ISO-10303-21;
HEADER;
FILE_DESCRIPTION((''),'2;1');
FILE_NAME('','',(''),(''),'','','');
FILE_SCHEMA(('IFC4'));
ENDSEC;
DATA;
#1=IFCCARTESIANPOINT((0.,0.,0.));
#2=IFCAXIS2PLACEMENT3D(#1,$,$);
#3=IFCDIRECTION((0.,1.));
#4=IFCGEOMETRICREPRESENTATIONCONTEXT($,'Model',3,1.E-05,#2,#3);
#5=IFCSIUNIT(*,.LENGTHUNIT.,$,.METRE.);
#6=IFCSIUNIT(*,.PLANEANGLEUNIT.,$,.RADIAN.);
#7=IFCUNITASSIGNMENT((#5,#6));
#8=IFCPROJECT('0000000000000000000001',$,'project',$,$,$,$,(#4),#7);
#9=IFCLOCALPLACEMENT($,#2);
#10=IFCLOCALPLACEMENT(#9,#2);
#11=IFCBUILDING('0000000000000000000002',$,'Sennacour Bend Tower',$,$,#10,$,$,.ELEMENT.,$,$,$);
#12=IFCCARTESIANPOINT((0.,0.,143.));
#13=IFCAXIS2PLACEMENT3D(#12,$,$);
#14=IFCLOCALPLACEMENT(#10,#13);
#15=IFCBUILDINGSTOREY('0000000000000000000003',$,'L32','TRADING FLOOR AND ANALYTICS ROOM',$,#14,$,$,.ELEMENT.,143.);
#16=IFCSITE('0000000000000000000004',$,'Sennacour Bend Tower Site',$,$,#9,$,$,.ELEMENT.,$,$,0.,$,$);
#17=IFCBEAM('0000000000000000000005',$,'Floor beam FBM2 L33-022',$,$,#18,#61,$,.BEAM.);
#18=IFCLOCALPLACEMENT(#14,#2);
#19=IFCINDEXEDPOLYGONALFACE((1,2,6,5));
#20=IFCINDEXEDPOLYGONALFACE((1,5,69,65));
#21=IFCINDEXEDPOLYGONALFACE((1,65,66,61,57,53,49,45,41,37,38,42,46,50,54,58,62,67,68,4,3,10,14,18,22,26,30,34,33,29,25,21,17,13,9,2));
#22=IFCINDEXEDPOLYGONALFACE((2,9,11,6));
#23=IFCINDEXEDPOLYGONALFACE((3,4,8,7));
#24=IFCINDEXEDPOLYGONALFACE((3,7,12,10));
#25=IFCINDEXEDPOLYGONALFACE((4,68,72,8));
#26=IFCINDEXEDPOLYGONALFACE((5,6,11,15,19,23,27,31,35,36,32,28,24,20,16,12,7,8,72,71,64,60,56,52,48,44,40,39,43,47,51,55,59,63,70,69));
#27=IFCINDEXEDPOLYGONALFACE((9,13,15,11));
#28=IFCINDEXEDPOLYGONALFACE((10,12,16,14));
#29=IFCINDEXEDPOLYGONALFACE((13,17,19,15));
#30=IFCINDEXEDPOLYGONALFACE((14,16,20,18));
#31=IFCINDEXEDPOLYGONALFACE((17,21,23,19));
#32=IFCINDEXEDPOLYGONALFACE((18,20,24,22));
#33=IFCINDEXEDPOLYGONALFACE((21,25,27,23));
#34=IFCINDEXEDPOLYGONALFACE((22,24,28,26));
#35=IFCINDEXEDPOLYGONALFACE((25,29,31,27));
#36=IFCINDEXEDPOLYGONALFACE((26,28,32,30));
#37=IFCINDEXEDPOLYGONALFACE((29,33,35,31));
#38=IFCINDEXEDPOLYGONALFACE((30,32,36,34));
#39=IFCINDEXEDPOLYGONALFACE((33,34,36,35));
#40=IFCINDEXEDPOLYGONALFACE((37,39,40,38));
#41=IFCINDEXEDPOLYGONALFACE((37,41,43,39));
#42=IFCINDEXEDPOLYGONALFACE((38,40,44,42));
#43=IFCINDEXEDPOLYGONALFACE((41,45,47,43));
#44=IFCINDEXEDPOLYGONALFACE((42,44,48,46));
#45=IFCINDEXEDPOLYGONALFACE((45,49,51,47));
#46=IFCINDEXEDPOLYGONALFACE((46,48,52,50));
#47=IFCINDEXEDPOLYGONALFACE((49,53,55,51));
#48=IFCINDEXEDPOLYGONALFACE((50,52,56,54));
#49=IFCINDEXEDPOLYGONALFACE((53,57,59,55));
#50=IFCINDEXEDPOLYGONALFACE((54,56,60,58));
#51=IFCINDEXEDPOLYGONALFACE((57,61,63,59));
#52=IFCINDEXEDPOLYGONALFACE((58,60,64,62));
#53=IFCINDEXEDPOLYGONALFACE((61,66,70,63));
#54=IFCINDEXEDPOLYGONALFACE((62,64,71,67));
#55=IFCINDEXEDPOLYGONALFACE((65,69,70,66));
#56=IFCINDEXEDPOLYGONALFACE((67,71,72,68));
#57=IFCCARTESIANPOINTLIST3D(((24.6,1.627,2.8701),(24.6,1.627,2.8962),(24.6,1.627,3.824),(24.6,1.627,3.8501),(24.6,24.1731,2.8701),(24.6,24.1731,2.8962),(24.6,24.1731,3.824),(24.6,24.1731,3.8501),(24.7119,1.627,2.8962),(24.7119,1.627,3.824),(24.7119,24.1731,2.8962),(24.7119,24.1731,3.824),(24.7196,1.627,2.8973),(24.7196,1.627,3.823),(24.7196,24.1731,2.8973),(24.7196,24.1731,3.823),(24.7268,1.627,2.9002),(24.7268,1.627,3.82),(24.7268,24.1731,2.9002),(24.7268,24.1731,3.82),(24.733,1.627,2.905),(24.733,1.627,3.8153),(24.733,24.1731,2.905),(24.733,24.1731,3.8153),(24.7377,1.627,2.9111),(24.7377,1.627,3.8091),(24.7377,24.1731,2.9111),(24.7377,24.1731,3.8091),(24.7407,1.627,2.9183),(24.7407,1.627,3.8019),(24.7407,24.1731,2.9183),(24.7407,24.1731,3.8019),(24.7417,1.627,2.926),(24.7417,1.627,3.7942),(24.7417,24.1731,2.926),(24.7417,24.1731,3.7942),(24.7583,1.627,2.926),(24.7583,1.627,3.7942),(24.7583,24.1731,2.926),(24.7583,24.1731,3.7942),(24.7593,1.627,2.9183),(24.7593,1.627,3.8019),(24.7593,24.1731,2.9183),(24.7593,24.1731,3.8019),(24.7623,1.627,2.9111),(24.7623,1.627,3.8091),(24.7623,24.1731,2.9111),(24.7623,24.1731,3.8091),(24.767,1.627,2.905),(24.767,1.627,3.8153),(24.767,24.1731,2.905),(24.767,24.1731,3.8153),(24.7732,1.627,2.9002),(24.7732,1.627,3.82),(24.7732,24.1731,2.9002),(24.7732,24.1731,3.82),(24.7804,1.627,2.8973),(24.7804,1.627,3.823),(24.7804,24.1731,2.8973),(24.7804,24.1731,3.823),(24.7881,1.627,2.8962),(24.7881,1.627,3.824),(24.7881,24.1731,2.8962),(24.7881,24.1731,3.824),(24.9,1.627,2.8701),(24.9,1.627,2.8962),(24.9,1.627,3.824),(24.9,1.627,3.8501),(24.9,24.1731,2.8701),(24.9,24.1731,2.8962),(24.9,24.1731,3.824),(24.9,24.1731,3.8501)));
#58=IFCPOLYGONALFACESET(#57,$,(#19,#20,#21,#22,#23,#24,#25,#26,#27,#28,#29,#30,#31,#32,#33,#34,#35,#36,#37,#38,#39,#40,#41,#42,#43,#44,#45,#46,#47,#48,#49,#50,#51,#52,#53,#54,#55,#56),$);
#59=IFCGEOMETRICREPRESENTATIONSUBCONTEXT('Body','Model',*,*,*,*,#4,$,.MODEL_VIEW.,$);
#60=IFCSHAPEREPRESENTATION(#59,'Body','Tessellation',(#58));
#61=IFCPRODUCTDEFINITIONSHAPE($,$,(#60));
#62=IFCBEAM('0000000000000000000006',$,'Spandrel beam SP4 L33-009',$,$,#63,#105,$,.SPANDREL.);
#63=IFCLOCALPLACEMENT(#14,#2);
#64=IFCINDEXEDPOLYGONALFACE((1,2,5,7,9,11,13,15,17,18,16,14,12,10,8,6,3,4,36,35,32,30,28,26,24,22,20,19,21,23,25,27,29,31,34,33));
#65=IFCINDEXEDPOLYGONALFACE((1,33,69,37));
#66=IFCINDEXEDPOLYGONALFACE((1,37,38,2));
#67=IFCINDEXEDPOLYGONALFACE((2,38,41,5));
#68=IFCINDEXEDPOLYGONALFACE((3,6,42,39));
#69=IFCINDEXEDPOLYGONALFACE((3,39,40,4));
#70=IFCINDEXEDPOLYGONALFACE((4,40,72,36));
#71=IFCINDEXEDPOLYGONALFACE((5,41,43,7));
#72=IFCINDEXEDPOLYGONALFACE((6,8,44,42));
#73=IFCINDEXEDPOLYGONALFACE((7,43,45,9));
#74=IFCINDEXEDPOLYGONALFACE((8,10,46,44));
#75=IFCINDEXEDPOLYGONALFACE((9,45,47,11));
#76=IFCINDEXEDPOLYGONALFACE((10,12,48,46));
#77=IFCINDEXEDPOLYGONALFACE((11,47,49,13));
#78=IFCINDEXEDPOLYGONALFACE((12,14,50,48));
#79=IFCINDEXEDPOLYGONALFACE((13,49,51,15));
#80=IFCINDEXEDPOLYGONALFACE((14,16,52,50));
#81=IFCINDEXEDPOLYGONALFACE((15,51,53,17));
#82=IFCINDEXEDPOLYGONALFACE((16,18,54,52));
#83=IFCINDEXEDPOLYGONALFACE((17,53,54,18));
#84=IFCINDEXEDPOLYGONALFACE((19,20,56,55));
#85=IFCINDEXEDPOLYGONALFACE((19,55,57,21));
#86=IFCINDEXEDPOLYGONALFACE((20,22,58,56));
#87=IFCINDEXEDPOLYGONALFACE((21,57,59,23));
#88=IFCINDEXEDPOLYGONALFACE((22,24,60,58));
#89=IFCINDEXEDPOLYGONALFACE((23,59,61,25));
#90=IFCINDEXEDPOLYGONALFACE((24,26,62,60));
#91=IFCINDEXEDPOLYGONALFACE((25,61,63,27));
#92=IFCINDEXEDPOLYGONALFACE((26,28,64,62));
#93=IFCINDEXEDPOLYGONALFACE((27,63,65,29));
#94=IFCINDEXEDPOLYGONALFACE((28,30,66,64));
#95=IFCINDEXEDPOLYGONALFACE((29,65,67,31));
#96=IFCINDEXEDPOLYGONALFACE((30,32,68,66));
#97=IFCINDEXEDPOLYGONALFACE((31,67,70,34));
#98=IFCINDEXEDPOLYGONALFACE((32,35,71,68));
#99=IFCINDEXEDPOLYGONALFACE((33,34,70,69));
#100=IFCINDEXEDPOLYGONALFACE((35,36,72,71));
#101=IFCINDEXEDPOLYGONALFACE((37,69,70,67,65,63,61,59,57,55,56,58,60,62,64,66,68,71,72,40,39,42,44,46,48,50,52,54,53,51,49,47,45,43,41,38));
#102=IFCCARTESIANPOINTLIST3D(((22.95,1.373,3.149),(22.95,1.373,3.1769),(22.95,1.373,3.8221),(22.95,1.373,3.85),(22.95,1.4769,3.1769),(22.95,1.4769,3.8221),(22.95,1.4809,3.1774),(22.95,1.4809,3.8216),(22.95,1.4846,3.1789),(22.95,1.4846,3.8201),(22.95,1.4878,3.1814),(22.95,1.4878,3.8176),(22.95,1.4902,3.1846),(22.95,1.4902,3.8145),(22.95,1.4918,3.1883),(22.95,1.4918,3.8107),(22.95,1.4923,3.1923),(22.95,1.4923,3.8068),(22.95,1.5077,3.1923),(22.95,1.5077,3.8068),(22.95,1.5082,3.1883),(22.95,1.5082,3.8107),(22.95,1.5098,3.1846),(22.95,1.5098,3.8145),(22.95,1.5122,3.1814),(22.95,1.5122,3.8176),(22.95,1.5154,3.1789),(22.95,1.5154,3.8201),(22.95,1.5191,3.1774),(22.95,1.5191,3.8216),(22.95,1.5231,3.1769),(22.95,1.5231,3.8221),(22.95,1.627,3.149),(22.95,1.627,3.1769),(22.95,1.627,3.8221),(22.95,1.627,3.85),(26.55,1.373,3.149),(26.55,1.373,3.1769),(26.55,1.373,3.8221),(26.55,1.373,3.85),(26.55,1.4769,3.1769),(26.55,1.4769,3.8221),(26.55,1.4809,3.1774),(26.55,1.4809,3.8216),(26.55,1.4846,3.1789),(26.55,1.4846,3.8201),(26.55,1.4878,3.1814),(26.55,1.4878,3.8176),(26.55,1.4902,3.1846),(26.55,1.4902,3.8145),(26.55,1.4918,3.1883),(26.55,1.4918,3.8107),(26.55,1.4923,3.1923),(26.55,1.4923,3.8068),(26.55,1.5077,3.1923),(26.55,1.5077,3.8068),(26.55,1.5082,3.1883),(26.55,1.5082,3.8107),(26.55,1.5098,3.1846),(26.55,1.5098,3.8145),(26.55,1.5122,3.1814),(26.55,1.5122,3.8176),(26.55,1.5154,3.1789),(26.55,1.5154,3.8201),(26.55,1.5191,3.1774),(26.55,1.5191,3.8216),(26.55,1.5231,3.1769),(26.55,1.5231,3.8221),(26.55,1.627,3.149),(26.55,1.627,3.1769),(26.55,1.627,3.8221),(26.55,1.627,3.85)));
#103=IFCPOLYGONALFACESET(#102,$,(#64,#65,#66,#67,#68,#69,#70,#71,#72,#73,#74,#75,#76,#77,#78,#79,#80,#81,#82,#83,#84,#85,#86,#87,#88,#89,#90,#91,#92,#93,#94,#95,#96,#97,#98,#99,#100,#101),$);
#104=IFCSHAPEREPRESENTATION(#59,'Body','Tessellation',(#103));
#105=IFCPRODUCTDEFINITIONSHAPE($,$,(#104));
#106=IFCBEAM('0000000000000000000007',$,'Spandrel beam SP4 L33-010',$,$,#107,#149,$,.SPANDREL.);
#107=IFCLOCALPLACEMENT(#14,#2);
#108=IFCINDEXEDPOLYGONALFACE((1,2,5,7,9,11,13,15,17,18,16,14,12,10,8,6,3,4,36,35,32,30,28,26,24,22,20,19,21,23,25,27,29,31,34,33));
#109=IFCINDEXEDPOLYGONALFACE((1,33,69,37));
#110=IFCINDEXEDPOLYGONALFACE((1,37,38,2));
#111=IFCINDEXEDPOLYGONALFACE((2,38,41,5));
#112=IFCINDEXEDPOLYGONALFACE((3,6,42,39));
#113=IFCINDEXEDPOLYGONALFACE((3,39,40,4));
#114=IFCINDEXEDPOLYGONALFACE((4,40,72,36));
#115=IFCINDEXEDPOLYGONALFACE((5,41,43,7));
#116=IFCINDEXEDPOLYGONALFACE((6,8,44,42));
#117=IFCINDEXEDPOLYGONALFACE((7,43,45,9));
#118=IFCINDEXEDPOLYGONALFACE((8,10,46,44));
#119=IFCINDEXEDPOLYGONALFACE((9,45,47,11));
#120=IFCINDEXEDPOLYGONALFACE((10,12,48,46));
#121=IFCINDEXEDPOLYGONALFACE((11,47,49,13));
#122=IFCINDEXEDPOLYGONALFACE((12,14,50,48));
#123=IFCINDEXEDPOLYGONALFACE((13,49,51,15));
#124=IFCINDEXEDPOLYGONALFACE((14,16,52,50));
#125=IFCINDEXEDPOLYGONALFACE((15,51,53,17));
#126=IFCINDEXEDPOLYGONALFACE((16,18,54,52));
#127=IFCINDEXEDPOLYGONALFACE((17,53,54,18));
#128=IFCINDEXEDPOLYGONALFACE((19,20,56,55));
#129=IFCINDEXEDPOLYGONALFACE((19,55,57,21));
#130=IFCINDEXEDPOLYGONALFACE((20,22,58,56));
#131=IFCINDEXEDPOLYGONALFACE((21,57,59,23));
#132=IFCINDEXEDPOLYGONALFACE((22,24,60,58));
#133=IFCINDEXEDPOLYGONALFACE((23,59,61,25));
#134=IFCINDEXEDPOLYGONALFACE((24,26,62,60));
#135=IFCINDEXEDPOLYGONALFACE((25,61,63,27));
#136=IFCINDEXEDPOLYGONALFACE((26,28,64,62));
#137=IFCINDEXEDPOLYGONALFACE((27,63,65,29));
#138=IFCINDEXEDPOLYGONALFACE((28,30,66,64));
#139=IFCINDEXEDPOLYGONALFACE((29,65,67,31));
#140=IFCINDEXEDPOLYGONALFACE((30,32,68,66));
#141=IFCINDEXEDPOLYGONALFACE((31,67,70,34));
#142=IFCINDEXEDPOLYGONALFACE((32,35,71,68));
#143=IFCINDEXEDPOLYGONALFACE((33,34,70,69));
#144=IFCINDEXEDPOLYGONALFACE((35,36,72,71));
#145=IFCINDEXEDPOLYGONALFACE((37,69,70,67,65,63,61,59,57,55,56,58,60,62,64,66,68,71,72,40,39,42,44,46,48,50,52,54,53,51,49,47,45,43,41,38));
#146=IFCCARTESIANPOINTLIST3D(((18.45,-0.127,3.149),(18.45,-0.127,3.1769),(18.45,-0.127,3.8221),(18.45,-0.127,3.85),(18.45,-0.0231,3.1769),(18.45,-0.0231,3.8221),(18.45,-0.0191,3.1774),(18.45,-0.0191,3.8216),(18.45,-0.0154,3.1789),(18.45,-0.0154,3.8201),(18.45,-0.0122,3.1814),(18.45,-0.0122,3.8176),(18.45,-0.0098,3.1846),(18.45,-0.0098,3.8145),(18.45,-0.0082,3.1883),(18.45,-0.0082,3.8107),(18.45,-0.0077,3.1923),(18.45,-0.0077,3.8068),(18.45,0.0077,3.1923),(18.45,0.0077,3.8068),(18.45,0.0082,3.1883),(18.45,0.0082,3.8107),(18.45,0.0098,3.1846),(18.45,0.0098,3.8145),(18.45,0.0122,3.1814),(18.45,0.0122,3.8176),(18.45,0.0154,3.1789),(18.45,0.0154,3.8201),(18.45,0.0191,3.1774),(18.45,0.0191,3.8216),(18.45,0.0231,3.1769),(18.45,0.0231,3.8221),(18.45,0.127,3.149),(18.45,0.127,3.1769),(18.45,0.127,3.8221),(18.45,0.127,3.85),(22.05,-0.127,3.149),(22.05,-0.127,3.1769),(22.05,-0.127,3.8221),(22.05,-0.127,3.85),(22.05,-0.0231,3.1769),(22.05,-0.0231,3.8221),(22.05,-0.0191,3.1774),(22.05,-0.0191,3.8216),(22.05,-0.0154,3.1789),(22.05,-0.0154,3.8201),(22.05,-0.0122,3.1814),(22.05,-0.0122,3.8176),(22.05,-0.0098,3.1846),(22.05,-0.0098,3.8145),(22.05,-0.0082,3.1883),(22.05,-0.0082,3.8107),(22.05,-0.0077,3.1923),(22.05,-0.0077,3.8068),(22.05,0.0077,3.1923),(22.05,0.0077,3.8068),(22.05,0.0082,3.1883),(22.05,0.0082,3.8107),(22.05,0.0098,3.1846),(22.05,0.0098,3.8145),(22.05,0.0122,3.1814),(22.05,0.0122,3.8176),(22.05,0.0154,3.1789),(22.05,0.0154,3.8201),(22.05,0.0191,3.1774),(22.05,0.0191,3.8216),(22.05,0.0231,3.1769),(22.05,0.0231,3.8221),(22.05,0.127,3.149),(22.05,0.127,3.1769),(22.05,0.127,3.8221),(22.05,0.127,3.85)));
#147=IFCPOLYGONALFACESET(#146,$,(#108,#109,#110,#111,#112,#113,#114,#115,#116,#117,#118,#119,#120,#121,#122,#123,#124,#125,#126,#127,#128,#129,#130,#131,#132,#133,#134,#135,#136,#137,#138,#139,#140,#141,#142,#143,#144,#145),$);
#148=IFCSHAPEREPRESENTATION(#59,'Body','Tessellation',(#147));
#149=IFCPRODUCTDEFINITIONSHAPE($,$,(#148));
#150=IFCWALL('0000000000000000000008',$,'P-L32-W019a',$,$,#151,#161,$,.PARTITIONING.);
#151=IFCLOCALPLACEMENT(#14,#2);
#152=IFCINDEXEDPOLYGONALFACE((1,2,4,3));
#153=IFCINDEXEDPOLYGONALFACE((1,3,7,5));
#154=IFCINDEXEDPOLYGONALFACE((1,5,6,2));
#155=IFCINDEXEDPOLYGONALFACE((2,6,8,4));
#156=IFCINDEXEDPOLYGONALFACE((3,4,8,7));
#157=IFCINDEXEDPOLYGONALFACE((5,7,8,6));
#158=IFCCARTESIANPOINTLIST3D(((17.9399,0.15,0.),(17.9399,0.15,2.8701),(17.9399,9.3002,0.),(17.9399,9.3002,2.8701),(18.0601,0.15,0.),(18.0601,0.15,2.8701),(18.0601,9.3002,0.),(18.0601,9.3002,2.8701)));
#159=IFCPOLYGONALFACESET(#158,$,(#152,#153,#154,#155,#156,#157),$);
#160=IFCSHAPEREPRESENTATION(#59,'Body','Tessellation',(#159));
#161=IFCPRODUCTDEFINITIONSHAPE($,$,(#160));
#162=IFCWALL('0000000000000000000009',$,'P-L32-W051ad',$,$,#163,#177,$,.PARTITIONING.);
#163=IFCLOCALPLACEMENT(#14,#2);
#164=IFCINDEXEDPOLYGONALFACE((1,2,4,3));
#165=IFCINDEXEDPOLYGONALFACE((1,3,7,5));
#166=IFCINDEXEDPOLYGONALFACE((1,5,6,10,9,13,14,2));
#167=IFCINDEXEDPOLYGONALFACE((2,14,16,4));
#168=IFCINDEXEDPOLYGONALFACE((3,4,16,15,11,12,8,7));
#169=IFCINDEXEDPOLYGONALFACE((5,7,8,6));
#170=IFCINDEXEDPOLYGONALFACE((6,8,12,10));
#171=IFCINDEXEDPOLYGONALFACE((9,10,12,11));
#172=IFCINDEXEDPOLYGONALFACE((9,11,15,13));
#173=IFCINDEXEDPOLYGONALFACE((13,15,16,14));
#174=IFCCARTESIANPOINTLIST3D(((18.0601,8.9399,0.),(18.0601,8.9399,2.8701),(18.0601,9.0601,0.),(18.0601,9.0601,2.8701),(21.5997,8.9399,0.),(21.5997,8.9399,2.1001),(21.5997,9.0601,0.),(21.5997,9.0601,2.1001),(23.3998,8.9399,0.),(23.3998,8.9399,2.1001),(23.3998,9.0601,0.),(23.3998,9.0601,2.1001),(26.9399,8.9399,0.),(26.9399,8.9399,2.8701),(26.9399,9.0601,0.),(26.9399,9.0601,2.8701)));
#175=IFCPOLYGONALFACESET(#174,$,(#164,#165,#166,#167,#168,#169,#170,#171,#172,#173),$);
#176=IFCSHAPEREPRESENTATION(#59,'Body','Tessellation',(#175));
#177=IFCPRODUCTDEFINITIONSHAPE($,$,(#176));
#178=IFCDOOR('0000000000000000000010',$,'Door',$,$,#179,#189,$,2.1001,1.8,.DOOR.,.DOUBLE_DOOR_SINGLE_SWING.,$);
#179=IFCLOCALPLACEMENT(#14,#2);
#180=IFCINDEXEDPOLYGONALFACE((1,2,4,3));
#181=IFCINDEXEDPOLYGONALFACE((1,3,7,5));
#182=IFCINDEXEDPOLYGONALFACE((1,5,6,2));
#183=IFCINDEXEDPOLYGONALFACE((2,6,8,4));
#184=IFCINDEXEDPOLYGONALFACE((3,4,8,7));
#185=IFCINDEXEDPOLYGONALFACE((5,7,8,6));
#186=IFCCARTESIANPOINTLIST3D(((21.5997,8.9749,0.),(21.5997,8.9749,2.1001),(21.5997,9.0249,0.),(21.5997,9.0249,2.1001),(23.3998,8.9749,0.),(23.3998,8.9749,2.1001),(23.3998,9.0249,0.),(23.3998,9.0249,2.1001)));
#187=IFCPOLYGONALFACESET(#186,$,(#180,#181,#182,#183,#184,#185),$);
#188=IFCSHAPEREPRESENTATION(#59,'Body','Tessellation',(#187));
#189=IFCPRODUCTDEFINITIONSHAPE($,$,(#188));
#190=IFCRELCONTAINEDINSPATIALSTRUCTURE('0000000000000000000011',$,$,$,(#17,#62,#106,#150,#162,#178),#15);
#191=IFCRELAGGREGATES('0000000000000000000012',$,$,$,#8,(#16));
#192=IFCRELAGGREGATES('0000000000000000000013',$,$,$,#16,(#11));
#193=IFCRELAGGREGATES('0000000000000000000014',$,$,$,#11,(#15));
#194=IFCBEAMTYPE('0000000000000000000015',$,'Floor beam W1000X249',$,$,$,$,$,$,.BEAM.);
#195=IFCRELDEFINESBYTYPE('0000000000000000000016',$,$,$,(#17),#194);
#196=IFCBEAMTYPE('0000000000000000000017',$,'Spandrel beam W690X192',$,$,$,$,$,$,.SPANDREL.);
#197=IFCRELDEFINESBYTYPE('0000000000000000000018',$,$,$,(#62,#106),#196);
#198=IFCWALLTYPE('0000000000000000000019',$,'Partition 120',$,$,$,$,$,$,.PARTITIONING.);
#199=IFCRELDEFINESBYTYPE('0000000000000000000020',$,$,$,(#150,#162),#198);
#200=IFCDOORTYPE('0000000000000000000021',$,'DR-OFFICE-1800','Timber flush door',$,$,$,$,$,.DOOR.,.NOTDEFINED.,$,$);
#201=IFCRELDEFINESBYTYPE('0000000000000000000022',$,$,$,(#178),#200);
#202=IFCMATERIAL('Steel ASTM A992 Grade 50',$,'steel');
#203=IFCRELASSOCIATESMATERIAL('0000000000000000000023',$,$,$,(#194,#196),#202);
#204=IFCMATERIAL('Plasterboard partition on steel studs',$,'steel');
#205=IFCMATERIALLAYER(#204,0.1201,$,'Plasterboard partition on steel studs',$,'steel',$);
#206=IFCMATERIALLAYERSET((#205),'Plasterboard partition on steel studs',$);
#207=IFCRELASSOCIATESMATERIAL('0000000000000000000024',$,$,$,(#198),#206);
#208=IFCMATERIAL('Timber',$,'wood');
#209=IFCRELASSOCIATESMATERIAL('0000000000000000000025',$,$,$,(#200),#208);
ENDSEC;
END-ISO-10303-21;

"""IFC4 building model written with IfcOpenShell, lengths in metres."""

from ifc_helpers import new_model, si_unit, direction, frame, frame_2d, origin, origin_2d, place, context, subcontext, project, spatial, rectangle, i_section, extrude, material, layer, layer_set, material_profile, profile_set, type_object, element, fill, save


model = new_model("IFC4")

# Units and contexts
model_context = context("Model", 3, precision=1e-05, world=origin(), true_north=direction((0.0, 1.0)))
body_context = subcontext(model_context, "Body", "Model", "MODEL_VIEW")
ifc_project = project(units=[si_unit("LENGTHUNIT", "METRE"), si_unit("PLANEANGLEUNIT", "RADIAN")], contexts=[model_context])

# Site, building, storey
site_placement = place(None, origin())
site = spatial("IfcSite", under=ifc_project, at=site_placement, Name="Sennacour Bend Tower Site", CompositionType="ELEMENT", RefElevation=0.0)
building_placement = place(site_placement, origin())
building = spatial("IfcBuilding", under=site, at=building_placement, Name="Sennacour Bend Tower", CompositionType="ELEMENT")
storey_placement = place(building_placement, frame((0.0, 0.0, 143.0)))
storey = spatial("IfcBuildingStorey", under=building, at=storey_placement, Name="L32", Description="TRADING FLOOR AND ANALYTICS ROOM", CompositionType="ELEMENT", Elevation=143.0)

# Beams
ifc_material_1 = material(Name="Steel ASTM A992 Grade 50", Category="steel")
ifc_material_profile_1 = material_profile(ifc_material_1, i_section(OverallWidth=0.3, OverallDepth=0.98, WebThickness=0.0166, FlangeThickness=0.0261, FilletRadius=0.0298, at=origin_2d()), Name="Steel ASTM A992 Grade 50", Category="steel")
ifc_profile_set_1 = profile_set([ifc_material_profile_1], Name="Steel ASTM A992 Grade 50")
beam_type_1 = type_object("IfcBeamType", Name="Floor beam W1000X249", PredefinedType="BEAM", material=ifc_profile_set_1)
beam_1_placement = place(storey_placement, frame((24.75, 1.627, 3.3601), z_axis=(0.0, 1.0, 0.0), x_axis=(-1.0, 0.0, 0.0)))
element("IfcBeam", 1, at=beam_1_placement, inside=storey, type_object=beam_type_1, Name="Floor beam FBM2 L33-022", PredefinedType="BEAM", context=body_context, shape_type="SweptSolid", body=[
    extrude(i_section(OverallWidth=0.3, OverallDepth=0.98, WebThickness=0.0166, FlangeThickness=0.0261, FilletRadius=0.0298, at=origin_2d()), origin(), (0.0, 0.0, 1.0), 22.5461),
])
ifc_material_profile_2 = material_profile(ifc_material_1, i_section(OverallWidth=0.2539, OverallDepth=0.7009, WebThickness=0.0154, FlangeThickness=0.0278, FilletRadius=0.0154, at=origin_2d()), Name="Steel ASTM A992 Grade 50", Category="steel")
ifc_profile_set_2 = profile_set([ifc_material_profile_2], Name="Steel ASTM A992 Grade 50")
beam_type_2 = type_object("IfcBeamType", Name="Spandrel beam W690X192", PredefinedType="SPANDREL", material=ifc_profile_set_2)
for number, where, z_axis, x_axis, name in (
    (2, (26.55, 1.5, 3.4995), (-1.0, 0.0, 0.0), (0.0, -1.0, 0.0), "Spandrel beam SP4 L33-009"),
    (3, (22.05, 0.0, 3.4995), (-1.0, 0.0, 0.0), (0.0, -1.0, 0.0), "Spandrel beam SP4 L33-010"),
):
    element("IfcBeam", number, at=place(storey_placement, frame(where, z_axis=z_axis, x_axis=x_axis)), inside=storey, type_object=beam_type_2, Name=name, PredefinedType="SPANDREL", context=body_context, shape_type="SweptSolid", body=[
        extrude(i_section(OverallWidth=0.2539, OverallDepth=0.7009, WebThickness=0.0154, FlangeThickness=0.0278, FilletRadius=0.0154, at=origin_2d()), origin(), (0.0, 0.0, 1.0), 3.6001),
    ])

# Wall
ifc_material_2 = material(Name="Plasterboard partition on steel studs", Category="steel")
ifc_layer_1 = layer(ifc_material_2, 0.1201, Name="Plasterboard partition on steel studs", Category="steel")
ifc_layer_set_1 = layer_set([ifc_layer_1], Name="Plasterboard partition on steel studs")
wall_type_1 = type_object("IfcWallType", Name="Partition 120", PredefinedType="PARTITIONING", material=ifc_layer_set_1)
wall_1_placement = place(storey_placement, frame((18.0, 0.1499, 0.0), z_axis=(0.0, 0.0, 1.0), x_axis=(0.0, 1.0, 0.0)))
element("IfcWall", 4, at=wall_1_placement, inside=storey, type_object=wall_type_1, Name="P-L32-W019a", PredefinedType="PARTITIONING", context=body_context, shape_type="SweptSolid", body=[
    extrude(rectangle(XDim=9.1501, YDim=0.1201, at=frame_2d((4.5752, 0.0))), origin(), (0.0, 0.0, 1.0), 2.8701),
])

# Wall, opening, door
wall_2_placement = place(storey_placement, frame((18.0601, 9.0, 0.0), z_axis=(0.0, 0.0, 1.0), x_axis=(1.0, 0.0, 0.0)))
wall_2 = element("IfcWall", 5, at=wall_2_placement, inside=storey, type_object=wall_type_1, Name="P-L32-W051ad", PredefinedType="PARTITIONING", context=body_context, shape_type="SweptSolid", body=[
    extrude(rectangle(XDim=8.8799, YDim=0.1201, at=frame_2d((4.4399, 0.0))), origin(), (0.0, 0.0, 1.0), 2.8701),
])
opening_1_placement = place(wall_2_placement, frame((3.5398, 0.0, 0.0)))
opening_1 = element("IfcOpeningElement", 6, at=opening_1_placement, cuts=wall_2, PredefinedType="OPENING", context=body_context, shape_type="SweptSolid", body=[
    extrude(rectangle(XDim=1.8, YDim=2.1001, at=frame_2d((0.8999, 1.05))), frame((0.0, 0.0701, 0.0), z_axis=(0.0, -1.0, 0.0), x_axis=(1.0, 0.0, 0.0)), (0.0, 0.0, 1.0), 0.1401),
])
ifc_material_3 = material(Name="Timber", Category="wood")
door_type = type_object("IfcDoorType", Name="DR-OFFICE-1800", Description="Timber flush door", OperationType="NOTDEFINED", PredefinedType="DOOR", material=ifc_material_3)
door_placement = place(opening_1_placement, origin())
door = element("IfcDoor", 7, at=door_placement, inside=storey, type_object=door_type, Name="Door", OperationType="DOUBLE_DOOR_SINGLE_SWING", OverallHeight=2.1001, OverallWidth=1.8, PredefinedType="DOOR", context=body_context, shape_type="SweptSolid", body=[
    extrude(rectangle(XDim=1.8, YDim=2.1001, at=frame_2d((0.8999, 1.05))), frame((0.0, 0.0249, 0.0), z_axis=(0.0, -1.0, 0.0), x_axis=(1.0, 0.0, 0.0)), (0.0, 0.0, 1.0), 0.05),
])
fill(opening_1, door)

save(model, "model.ifc")
